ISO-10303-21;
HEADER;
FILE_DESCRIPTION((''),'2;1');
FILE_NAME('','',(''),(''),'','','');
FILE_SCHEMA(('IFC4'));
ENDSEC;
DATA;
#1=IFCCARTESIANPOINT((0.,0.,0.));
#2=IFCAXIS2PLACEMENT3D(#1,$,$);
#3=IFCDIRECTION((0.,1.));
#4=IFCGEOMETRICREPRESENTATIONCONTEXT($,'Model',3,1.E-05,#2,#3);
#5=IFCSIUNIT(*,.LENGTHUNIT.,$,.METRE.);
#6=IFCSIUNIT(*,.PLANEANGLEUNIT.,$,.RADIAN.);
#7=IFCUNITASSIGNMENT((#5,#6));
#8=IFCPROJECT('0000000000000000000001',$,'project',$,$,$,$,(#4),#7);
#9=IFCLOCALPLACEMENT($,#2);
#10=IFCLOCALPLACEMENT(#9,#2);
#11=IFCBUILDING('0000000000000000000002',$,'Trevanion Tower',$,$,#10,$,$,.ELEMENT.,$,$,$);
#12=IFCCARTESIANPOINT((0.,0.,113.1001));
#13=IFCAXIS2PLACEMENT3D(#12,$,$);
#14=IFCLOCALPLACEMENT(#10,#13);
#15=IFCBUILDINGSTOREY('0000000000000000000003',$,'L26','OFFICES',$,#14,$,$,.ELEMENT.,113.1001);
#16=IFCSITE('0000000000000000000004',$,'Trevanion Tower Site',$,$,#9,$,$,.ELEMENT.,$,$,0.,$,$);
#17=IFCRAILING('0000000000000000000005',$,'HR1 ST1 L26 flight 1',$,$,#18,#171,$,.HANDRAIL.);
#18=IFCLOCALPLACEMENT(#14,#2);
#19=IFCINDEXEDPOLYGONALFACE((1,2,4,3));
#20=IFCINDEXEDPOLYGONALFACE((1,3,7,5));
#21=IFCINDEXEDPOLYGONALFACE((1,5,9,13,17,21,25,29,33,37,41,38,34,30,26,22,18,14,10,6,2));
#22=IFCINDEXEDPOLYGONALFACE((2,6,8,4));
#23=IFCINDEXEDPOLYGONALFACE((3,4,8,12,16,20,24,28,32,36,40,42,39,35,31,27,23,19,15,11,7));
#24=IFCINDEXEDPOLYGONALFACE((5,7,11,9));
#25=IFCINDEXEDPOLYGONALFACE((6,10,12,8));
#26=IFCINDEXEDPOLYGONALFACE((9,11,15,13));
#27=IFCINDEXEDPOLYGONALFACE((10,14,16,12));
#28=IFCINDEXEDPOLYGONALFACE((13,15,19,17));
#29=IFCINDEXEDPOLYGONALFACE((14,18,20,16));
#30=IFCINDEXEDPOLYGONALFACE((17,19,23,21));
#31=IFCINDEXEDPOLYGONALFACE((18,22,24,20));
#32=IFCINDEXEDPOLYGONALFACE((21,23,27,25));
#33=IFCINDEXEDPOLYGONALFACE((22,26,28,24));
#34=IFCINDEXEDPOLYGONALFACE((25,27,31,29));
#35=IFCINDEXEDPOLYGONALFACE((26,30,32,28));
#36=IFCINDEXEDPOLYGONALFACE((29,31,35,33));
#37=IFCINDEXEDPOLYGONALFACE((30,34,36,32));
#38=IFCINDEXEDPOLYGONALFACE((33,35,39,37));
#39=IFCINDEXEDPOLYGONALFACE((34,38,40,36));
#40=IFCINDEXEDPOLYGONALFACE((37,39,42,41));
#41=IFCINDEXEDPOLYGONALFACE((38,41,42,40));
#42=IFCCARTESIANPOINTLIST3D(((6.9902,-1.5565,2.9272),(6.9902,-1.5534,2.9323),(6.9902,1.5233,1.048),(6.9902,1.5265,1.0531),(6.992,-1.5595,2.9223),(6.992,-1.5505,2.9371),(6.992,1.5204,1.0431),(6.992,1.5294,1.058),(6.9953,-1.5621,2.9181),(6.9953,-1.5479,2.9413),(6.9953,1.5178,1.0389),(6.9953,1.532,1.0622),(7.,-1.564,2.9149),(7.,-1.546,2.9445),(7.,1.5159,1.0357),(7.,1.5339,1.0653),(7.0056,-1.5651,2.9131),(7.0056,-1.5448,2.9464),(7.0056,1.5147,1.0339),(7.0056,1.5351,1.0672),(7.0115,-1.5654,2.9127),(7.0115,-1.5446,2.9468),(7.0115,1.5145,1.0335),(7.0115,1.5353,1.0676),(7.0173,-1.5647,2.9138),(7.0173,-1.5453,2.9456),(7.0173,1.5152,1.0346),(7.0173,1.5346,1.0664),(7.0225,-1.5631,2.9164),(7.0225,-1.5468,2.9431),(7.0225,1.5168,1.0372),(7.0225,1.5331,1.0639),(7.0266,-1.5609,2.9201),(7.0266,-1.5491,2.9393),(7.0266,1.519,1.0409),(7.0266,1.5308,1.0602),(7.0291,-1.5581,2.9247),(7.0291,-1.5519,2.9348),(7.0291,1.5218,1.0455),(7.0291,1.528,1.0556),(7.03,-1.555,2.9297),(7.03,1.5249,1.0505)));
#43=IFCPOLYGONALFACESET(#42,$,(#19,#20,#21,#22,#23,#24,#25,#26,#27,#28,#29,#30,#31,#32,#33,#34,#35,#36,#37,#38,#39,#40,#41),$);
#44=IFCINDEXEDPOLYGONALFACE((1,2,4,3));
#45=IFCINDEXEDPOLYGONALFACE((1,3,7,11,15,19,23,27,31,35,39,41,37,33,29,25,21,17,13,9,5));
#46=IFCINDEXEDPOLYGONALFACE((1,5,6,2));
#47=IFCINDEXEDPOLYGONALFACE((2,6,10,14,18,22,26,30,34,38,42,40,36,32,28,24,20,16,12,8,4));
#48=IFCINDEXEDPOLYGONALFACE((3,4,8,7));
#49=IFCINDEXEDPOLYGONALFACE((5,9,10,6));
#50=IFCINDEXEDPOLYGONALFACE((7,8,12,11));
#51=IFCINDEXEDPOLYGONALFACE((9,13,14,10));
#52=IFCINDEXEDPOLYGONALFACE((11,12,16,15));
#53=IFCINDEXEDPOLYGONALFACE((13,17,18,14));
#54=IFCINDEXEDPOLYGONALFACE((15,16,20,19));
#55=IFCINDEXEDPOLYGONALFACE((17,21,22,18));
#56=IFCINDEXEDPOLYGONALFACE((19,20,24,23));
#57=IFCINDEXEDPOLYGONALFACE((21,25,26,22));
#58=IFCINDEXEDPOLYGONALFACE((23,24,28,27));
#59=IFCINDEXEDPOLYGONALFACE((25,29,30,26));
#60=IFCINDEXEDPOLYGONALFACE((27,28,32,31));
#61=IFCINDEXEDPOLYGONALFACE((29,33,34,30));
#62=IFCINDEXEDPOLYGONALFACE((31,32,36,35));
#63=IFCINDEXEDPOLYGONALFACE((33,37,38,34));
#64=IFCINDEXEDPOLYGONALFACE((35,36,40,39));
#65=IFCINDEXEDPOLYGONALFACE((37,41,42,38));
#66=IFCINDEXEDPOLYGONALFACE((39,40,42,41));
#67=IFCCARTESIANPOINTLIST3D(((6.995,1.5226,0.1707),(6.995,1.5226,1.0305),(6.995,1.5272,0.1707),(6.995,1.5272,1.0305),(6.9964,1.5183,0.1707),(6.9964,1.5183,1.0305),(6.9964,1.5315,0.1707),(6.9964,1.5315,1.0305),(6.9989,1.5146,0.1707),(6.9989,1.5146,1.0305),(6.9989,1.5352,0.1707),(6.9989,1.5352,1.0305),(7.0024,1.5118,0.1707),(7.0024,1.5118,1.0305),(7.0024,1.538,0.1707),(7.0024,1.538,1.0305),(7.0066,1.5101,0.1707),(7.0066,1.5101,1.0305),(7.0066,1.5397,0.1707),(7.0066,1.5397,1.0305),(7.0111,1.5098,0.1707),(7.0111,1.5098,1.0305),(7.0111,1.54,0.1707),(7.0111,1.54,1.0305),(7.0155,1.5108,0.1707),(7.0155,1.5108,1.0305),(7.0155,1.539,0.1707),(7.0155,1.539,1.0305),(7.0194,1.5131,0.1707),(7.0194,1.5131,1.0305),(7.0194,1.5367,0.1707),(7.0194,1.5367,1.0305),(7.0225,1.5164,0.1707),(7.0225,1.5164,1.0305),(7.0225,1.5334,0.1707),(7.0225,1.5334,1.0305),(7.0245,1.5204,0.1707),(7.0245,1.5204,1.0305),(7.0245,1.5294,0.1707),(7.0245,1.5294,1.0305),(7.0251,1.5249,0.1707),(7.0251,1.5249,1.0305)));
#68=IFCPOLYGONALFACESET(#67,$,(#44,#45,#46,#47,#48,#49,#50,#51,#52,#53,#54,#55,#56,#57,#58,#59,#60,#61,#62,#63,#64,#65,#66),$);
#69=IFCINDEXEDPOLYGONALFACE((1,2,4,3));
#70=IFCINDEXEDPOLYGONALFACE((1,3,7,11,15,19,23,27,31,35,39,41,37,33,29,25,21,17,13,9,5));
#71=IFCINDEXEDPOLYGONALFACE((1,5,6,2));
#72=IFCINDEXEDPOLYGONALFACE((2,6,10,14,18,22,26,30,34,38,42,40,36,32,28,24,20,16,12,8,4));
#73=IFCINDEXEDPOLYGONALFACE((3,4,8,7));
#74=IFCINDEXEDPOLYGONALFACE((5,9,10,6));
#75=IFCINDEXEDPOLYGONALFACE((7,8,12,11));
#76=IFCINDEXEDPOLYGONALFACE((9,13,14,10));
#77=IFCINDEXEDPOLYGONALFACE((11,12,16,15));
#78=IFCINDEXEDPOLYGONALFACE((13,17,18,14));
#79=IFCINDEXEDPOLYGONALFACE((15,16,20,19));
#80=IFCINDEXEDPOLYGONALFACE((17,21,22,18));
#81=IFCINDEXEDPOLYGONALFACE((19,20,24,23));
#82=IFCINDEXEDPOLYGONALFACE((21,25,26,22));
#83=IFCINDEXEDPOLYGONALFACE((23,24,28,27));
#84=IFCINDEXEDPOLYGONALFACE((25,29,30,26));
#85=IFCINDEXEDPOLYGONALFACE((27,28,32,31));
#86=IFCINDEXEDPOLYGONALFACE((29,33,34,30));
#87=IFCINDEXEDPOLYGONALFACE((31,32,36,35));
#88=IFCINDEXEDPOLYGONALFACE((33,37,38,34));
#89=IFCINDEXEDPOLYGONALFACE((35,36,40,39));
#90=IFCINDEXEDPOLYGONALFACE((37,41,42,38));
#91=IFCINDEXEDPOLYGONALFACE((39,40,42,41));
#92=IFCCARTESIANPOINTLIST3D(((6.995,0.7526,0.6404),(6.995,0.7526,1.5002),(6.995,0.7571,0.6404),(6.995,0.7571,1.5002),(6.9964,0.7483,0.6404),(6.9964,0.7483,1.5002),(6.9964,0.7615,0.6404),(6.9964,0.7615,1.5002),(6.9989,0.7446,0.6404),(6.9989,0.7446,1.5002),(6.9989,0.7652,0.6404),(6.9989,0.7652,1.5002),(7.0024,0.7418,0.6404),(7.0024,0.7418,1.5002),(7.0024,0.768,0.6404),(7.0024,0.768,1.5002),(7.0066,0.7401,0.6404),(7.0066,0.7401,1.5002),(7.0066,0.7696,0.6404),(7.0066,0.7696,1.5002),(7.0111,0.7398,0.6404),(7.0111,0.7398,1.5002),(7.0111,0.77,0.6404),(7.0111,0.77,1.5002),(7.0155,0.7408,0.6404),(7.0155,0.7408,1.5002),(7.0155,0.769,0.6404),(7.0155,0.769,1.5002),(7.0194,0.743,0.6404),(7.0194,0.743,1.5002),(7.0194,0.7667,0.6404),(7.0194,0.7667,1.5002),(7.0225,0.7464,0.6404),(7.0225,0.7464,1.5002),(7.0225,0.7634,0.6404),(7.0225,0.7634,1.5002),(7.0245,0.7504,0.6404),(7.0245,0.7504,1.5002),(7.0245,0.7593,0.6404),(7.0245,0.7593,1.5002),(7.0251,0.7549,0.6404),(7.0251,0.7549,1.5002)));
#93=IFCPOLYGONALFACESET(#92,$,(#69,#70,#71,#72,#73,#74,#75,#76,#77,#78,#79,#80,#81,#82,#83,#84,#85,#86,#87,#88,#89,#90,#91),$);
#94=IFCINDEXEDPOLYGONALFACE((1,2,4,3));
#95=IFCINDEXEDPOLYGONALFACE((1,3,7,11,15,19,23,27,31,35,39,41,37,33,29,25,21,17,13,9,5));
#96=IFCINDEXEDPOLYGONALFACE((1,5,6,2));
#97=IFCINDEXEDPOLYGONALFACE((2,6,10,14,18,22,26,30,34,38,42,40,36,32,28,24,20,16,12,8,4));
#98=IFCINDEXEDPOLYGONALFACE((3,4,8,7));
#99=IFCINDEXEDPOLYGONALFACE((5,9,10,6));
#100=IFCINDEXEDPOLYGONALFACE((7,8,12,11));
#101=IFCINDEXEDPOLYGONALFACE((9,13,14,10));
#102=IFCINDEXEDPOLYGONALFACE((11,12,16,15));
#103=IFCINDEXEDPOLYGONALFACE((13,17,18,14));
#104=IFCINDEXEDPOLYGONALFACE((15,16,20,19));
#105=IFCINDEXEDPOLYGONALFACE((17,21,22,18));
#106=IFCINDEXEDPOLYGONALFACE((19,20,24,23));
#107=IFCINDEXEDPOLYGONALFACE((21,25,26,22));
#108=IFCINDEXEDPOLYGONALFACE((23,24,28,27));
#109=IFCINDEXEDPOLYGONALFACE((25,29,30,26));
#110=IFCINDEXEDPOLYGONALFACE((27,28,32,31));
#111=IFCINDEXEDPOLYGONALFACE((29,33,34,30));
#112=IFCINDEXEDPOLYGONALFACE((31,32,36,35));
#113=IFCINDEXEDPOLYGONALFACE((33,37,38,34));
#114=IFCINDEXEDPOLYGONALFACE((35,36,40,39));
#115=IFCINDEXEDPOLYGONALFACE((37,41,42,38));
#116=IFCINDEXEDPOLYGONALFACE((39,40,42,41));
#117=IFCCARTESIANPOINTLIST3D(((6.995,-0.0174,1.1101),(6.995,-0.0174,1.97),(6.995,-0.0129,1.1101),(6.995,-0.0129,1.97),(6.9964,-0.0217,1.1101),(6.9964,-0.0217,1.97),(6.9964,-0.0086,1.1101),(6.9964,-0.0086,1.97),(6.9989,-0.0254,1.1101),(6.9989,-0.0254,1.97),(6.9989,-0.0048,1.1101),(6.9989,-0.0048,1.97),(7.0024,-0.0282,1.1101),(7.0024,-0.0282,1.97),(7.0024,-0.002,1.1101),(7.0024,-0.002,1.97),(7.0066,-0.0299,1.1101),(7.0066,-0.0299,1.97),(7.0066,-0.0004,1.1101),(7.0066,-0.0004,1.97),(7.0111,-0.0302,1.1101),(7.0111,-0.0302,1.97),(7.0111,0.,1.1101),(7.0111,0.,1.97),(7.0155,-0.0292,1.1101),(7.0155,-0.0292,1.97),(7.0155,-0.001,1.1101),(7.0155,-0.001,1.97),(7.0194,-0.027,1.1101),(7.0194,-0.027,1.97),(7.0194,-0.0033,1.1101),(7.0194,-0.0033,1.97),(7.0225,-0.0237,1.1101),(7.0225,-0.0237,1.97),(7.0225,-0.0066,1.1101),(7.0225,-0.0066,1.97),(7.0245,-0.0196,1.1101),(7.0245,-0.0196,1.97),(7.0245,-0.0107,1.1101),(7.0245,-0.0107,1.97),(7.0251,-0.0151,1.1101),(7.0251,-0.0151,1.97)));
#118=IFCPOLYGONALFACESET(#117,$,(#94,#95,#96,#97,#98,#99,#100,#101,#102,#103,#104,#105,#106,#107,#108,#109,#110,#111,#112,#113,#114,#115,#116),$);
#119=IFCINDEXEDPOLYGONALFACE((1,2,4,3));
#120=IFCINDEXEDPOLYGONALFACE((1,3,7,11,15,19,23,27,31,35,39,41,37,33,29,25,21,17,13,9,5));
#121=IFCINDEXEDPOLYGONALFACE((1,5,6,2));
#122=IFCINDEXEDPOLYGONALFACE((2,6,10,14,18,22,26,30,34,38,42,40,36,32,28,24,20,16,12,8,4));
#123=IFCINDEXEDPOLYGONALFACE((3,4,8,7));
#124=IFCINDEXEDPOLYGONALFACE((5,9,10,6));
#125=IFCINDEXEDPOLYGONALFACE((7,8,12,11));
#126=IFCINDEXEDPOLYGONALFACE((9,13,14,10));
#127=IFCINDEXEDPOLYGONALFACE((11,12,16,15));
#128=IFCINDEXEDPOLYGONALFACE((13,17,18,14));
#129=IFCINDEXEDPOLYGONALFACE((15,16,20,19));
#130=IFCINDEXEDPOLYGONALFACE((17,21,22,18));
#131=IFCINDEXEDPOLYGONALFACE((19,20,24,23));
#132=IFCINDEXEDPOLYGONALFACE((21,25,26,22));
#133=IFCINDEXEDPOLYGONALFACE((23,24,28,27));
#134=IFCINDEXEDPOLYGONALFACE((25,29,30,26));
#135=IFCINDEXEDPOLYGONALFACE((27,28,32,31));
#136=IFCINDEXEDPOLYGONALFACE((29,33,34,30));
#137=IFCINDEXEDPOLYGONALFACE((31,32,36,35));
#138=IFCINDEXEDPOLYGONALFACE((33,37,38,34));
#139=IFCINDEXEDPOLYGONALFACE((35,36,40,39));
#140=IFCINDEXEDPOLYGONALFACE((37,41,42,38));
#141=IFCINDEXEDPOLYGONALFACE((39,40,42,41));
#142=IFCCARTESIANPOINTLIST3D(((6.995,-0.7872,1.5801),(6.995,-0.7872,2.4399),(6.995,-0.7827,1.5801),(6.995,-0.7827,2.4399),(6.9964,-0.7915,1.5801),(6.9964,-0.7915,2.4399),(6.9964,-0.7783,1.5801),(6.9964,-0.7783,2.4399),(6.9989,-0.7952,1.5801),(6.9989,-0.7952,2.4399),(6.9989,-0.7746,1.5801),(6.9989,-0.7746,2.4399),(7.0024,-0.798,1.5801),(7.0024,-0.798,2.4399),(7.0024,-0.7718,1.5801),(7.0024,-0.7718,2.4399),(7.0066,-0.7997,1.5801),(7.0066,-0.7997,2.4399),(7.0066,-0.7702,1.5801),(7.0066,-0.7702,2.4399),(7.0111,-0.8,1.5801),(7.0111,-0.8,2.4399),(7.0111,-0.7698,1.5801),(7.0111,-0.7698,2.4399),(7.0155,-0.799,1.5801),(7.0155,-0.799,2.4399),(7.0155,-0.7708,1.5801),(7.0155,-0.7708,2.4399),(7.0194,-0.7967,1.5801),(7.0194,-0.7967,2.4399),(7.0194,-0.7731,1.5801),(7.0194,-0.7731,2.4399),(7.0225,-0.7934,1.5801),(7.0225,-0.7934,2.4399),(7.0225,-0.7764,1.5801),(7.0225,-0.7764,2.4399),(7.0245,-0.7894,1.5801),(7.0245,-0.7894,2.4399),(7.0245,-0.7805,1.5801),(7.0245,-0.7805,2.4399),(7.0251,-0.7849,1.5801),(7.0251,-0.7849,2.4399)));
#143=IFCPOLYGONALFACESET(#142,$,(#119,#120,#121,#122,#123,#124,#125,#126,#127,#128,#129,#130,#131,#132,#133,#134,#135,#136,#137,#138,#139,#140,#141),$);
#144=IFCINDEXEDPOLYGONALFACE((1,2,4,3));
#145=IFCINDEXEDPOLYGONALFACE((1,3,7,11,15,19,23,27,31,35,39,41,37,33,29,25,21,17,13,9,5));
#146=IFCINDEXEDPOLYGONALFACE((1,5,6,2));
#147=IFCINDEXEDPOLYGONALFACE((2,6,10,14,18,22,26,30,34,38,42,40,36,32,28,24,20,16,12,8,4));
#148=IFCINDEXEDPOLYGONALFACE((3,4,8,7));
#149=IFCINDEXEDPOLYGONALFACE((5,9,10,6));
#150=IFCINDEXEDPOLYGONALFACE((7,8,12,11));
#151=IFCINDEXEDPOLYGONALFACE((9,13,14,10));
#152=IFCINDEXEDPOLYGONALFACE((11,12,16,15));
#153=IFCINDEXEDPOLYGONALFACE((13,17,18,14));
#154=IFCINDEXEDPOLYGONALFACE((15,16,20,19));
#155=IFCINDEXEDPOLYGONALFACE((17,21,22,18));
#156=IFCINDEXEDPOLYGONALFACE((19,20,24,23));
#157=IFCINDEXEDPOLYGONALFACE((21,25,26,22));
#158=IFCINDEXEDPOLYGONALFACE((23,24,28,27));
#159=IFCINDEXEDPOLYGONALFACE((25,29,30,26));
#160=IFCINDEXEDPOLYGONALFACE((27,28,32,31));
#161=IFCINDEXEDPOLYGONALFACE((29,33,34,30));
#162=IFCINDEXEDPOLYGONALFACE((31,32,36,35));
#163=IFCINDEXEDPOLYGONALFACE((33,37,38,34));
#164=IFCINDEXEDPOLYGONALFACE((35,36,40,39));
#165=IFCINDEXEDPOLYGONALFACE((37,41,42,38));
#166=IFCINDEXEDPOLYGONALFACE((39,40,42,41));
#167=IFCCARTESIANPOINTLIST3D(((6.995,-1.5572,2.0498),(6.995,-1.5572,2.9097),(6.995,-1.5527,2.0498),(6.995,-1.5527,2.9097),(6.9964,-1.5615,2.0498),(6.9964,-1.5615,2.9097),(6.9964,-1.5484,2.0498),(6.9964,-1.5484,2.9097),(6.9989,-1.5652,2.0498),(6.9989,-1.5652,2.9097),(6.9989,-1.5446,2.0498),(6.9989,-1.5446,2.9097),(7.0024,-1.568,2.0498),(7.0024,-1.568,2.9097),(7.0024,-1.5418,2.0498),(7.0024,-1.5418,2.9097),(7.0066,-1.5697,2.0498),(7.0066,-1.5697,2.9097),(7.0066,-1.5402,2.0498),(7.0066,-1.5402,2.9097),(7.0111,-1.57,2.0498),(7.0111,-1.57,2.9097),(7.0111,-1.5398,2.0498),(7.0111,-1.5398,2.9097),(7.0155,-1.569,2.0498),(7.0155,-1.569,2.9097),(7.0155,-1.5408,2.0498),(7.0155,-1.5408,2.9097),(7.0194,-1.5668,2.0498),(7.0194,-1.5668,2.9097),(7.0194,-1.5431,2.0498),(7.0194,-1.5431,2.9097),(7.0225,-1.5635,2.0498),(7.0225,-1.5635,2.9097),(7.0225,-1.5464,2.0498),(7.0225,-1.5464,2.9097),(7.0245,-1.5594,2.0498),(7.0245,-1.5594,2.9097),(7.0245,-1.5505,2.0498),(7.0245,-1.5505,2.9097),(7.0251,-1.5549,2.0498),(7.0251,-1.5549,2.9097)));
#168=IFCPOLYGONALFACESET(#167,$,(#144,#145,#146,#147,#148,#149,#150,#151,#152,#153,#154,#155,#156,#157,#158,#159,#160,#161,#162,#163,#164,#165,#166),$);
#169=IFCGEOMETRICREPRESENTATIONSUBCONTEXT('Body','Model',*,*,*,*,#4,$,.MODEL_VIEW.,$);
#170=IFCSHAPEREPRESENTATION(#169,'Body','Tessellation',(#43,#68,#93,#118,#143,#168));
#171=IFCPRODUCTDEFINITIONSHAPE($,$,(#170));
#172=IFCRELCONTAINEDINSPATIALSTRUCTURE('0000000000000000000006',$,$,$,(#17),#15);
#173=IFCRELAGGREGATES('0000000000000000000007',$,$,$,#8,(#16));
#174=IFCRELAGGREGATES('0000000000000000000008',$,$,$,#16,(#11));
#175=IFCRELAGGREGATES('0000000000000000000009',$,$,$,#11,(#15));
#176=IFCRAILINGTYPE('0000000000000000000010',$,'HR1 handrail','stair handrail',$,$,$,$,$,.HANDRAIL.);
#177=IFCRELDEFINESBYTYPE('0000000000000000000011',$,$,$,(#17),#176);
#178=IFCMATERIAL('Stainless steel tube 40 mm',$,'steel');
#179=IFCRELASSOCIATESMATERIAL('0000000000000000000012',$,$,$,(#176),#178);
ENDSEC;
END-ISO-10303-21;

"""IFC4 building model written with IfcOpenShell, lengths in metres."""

from ifc_helpers import new_model, si_unit, direction, frame, origin, origin_2d, place, context, subcontext, project, spatial, circle, extrude, material, type_object, element, save


model = new_model("IFC4")

# Units and contexts
model_context = context("Model", 3, precision=1e-05, world=origin(), true_north=direction((0.0, 1.0)))
body_context = subcontext(model_context, "Body", "Model", "MODEL_VIEW")
ifc_project = project(units=[si_unit("LENGTHUNIT", "METRE"), si_unit("PLANEANGLEUNIT", "RADIAN")], contexts=[model_context])

# Site, building, storey
site_placement = place(None, origin())
site = spatial("IfcSite", under=ifc_project, at=site_placement, Name="Trevanion Tower Site", CompositionType="ELEMENT", RefElevation=0.0)
building_placement = place(site_placement, origin())
building = spatial("IfcBuilding", under=site, at=building_placement, Name="Trevanion Tower", CompositionType="ELEMENT")
storey_placement = place(building_placement, frame((0.0, 0.0, 113.1001)))
storey = spatial("IfcBuildingStorey", under=building, at=storey_placement, Name="L26", Description="OFFICES", CompositionType="ELEMENT", Elevation=113.1001)

# Railing
ifc_material_1 = material(Name="Stainless steel tube 40 mm", Category="steel")
railing_type = type_object("IfcRailingType", Name="HR1 handrail", Description="stair handrail", PredefinedType="HANDRAIL", material=ifc_material_1)
for number, where, name in (
    (1, (7.01, 1.5249, 0.1707), "HR1 ST1 L26 flight 1"),
):
    element("IfcRailing", number, at=place(storey_placement, frame(where)), inside=storey, type_object=railing_type, Name=name, PredefinedType="HANDRAIL", context=body_context, shape_type="SweptSolid", body=[
        extrude(circle(Radius=0.02, at=origin_2d()), frame((0.0, 0.0, 0.8799), z_axis=(0.0, -0.853648, 0.52085), x_axis=(1.0, 0.0, 0.0)), (0.0, 0.0, 1.0), 3.6079),
        extrude(circle(Radius=0.0151, at=origin_2d()), origin(), (0.0, 0.0, 1.0), 0.8599),
        extrude(circle(Radius=0.0151, at=origin_2d()), frame((0.0, -0.77, 0.4697)), (0.0, 0.0, 1.0), 0.8599),
        extrude(circle(Radius=0.0151, at=origin_2d()), frame((0.0, -1.54, 0.9395)), (0.0, 0.0, 1.0), 0.8599),
        extrude(circle(Radius=0.0151, at=origin_2d()), frame((0.0, -2.3098, 1.4094)), (0.0, 0.0, 1.0), 0.8599),
        extrude(circle(Radius=0.0151, at=origin_2d()), frame((0.0, -3.0798, 1.8792)), (0.0, 0.0, 1.0), 0.8599),
    ])

save(model, "model.ifc")
